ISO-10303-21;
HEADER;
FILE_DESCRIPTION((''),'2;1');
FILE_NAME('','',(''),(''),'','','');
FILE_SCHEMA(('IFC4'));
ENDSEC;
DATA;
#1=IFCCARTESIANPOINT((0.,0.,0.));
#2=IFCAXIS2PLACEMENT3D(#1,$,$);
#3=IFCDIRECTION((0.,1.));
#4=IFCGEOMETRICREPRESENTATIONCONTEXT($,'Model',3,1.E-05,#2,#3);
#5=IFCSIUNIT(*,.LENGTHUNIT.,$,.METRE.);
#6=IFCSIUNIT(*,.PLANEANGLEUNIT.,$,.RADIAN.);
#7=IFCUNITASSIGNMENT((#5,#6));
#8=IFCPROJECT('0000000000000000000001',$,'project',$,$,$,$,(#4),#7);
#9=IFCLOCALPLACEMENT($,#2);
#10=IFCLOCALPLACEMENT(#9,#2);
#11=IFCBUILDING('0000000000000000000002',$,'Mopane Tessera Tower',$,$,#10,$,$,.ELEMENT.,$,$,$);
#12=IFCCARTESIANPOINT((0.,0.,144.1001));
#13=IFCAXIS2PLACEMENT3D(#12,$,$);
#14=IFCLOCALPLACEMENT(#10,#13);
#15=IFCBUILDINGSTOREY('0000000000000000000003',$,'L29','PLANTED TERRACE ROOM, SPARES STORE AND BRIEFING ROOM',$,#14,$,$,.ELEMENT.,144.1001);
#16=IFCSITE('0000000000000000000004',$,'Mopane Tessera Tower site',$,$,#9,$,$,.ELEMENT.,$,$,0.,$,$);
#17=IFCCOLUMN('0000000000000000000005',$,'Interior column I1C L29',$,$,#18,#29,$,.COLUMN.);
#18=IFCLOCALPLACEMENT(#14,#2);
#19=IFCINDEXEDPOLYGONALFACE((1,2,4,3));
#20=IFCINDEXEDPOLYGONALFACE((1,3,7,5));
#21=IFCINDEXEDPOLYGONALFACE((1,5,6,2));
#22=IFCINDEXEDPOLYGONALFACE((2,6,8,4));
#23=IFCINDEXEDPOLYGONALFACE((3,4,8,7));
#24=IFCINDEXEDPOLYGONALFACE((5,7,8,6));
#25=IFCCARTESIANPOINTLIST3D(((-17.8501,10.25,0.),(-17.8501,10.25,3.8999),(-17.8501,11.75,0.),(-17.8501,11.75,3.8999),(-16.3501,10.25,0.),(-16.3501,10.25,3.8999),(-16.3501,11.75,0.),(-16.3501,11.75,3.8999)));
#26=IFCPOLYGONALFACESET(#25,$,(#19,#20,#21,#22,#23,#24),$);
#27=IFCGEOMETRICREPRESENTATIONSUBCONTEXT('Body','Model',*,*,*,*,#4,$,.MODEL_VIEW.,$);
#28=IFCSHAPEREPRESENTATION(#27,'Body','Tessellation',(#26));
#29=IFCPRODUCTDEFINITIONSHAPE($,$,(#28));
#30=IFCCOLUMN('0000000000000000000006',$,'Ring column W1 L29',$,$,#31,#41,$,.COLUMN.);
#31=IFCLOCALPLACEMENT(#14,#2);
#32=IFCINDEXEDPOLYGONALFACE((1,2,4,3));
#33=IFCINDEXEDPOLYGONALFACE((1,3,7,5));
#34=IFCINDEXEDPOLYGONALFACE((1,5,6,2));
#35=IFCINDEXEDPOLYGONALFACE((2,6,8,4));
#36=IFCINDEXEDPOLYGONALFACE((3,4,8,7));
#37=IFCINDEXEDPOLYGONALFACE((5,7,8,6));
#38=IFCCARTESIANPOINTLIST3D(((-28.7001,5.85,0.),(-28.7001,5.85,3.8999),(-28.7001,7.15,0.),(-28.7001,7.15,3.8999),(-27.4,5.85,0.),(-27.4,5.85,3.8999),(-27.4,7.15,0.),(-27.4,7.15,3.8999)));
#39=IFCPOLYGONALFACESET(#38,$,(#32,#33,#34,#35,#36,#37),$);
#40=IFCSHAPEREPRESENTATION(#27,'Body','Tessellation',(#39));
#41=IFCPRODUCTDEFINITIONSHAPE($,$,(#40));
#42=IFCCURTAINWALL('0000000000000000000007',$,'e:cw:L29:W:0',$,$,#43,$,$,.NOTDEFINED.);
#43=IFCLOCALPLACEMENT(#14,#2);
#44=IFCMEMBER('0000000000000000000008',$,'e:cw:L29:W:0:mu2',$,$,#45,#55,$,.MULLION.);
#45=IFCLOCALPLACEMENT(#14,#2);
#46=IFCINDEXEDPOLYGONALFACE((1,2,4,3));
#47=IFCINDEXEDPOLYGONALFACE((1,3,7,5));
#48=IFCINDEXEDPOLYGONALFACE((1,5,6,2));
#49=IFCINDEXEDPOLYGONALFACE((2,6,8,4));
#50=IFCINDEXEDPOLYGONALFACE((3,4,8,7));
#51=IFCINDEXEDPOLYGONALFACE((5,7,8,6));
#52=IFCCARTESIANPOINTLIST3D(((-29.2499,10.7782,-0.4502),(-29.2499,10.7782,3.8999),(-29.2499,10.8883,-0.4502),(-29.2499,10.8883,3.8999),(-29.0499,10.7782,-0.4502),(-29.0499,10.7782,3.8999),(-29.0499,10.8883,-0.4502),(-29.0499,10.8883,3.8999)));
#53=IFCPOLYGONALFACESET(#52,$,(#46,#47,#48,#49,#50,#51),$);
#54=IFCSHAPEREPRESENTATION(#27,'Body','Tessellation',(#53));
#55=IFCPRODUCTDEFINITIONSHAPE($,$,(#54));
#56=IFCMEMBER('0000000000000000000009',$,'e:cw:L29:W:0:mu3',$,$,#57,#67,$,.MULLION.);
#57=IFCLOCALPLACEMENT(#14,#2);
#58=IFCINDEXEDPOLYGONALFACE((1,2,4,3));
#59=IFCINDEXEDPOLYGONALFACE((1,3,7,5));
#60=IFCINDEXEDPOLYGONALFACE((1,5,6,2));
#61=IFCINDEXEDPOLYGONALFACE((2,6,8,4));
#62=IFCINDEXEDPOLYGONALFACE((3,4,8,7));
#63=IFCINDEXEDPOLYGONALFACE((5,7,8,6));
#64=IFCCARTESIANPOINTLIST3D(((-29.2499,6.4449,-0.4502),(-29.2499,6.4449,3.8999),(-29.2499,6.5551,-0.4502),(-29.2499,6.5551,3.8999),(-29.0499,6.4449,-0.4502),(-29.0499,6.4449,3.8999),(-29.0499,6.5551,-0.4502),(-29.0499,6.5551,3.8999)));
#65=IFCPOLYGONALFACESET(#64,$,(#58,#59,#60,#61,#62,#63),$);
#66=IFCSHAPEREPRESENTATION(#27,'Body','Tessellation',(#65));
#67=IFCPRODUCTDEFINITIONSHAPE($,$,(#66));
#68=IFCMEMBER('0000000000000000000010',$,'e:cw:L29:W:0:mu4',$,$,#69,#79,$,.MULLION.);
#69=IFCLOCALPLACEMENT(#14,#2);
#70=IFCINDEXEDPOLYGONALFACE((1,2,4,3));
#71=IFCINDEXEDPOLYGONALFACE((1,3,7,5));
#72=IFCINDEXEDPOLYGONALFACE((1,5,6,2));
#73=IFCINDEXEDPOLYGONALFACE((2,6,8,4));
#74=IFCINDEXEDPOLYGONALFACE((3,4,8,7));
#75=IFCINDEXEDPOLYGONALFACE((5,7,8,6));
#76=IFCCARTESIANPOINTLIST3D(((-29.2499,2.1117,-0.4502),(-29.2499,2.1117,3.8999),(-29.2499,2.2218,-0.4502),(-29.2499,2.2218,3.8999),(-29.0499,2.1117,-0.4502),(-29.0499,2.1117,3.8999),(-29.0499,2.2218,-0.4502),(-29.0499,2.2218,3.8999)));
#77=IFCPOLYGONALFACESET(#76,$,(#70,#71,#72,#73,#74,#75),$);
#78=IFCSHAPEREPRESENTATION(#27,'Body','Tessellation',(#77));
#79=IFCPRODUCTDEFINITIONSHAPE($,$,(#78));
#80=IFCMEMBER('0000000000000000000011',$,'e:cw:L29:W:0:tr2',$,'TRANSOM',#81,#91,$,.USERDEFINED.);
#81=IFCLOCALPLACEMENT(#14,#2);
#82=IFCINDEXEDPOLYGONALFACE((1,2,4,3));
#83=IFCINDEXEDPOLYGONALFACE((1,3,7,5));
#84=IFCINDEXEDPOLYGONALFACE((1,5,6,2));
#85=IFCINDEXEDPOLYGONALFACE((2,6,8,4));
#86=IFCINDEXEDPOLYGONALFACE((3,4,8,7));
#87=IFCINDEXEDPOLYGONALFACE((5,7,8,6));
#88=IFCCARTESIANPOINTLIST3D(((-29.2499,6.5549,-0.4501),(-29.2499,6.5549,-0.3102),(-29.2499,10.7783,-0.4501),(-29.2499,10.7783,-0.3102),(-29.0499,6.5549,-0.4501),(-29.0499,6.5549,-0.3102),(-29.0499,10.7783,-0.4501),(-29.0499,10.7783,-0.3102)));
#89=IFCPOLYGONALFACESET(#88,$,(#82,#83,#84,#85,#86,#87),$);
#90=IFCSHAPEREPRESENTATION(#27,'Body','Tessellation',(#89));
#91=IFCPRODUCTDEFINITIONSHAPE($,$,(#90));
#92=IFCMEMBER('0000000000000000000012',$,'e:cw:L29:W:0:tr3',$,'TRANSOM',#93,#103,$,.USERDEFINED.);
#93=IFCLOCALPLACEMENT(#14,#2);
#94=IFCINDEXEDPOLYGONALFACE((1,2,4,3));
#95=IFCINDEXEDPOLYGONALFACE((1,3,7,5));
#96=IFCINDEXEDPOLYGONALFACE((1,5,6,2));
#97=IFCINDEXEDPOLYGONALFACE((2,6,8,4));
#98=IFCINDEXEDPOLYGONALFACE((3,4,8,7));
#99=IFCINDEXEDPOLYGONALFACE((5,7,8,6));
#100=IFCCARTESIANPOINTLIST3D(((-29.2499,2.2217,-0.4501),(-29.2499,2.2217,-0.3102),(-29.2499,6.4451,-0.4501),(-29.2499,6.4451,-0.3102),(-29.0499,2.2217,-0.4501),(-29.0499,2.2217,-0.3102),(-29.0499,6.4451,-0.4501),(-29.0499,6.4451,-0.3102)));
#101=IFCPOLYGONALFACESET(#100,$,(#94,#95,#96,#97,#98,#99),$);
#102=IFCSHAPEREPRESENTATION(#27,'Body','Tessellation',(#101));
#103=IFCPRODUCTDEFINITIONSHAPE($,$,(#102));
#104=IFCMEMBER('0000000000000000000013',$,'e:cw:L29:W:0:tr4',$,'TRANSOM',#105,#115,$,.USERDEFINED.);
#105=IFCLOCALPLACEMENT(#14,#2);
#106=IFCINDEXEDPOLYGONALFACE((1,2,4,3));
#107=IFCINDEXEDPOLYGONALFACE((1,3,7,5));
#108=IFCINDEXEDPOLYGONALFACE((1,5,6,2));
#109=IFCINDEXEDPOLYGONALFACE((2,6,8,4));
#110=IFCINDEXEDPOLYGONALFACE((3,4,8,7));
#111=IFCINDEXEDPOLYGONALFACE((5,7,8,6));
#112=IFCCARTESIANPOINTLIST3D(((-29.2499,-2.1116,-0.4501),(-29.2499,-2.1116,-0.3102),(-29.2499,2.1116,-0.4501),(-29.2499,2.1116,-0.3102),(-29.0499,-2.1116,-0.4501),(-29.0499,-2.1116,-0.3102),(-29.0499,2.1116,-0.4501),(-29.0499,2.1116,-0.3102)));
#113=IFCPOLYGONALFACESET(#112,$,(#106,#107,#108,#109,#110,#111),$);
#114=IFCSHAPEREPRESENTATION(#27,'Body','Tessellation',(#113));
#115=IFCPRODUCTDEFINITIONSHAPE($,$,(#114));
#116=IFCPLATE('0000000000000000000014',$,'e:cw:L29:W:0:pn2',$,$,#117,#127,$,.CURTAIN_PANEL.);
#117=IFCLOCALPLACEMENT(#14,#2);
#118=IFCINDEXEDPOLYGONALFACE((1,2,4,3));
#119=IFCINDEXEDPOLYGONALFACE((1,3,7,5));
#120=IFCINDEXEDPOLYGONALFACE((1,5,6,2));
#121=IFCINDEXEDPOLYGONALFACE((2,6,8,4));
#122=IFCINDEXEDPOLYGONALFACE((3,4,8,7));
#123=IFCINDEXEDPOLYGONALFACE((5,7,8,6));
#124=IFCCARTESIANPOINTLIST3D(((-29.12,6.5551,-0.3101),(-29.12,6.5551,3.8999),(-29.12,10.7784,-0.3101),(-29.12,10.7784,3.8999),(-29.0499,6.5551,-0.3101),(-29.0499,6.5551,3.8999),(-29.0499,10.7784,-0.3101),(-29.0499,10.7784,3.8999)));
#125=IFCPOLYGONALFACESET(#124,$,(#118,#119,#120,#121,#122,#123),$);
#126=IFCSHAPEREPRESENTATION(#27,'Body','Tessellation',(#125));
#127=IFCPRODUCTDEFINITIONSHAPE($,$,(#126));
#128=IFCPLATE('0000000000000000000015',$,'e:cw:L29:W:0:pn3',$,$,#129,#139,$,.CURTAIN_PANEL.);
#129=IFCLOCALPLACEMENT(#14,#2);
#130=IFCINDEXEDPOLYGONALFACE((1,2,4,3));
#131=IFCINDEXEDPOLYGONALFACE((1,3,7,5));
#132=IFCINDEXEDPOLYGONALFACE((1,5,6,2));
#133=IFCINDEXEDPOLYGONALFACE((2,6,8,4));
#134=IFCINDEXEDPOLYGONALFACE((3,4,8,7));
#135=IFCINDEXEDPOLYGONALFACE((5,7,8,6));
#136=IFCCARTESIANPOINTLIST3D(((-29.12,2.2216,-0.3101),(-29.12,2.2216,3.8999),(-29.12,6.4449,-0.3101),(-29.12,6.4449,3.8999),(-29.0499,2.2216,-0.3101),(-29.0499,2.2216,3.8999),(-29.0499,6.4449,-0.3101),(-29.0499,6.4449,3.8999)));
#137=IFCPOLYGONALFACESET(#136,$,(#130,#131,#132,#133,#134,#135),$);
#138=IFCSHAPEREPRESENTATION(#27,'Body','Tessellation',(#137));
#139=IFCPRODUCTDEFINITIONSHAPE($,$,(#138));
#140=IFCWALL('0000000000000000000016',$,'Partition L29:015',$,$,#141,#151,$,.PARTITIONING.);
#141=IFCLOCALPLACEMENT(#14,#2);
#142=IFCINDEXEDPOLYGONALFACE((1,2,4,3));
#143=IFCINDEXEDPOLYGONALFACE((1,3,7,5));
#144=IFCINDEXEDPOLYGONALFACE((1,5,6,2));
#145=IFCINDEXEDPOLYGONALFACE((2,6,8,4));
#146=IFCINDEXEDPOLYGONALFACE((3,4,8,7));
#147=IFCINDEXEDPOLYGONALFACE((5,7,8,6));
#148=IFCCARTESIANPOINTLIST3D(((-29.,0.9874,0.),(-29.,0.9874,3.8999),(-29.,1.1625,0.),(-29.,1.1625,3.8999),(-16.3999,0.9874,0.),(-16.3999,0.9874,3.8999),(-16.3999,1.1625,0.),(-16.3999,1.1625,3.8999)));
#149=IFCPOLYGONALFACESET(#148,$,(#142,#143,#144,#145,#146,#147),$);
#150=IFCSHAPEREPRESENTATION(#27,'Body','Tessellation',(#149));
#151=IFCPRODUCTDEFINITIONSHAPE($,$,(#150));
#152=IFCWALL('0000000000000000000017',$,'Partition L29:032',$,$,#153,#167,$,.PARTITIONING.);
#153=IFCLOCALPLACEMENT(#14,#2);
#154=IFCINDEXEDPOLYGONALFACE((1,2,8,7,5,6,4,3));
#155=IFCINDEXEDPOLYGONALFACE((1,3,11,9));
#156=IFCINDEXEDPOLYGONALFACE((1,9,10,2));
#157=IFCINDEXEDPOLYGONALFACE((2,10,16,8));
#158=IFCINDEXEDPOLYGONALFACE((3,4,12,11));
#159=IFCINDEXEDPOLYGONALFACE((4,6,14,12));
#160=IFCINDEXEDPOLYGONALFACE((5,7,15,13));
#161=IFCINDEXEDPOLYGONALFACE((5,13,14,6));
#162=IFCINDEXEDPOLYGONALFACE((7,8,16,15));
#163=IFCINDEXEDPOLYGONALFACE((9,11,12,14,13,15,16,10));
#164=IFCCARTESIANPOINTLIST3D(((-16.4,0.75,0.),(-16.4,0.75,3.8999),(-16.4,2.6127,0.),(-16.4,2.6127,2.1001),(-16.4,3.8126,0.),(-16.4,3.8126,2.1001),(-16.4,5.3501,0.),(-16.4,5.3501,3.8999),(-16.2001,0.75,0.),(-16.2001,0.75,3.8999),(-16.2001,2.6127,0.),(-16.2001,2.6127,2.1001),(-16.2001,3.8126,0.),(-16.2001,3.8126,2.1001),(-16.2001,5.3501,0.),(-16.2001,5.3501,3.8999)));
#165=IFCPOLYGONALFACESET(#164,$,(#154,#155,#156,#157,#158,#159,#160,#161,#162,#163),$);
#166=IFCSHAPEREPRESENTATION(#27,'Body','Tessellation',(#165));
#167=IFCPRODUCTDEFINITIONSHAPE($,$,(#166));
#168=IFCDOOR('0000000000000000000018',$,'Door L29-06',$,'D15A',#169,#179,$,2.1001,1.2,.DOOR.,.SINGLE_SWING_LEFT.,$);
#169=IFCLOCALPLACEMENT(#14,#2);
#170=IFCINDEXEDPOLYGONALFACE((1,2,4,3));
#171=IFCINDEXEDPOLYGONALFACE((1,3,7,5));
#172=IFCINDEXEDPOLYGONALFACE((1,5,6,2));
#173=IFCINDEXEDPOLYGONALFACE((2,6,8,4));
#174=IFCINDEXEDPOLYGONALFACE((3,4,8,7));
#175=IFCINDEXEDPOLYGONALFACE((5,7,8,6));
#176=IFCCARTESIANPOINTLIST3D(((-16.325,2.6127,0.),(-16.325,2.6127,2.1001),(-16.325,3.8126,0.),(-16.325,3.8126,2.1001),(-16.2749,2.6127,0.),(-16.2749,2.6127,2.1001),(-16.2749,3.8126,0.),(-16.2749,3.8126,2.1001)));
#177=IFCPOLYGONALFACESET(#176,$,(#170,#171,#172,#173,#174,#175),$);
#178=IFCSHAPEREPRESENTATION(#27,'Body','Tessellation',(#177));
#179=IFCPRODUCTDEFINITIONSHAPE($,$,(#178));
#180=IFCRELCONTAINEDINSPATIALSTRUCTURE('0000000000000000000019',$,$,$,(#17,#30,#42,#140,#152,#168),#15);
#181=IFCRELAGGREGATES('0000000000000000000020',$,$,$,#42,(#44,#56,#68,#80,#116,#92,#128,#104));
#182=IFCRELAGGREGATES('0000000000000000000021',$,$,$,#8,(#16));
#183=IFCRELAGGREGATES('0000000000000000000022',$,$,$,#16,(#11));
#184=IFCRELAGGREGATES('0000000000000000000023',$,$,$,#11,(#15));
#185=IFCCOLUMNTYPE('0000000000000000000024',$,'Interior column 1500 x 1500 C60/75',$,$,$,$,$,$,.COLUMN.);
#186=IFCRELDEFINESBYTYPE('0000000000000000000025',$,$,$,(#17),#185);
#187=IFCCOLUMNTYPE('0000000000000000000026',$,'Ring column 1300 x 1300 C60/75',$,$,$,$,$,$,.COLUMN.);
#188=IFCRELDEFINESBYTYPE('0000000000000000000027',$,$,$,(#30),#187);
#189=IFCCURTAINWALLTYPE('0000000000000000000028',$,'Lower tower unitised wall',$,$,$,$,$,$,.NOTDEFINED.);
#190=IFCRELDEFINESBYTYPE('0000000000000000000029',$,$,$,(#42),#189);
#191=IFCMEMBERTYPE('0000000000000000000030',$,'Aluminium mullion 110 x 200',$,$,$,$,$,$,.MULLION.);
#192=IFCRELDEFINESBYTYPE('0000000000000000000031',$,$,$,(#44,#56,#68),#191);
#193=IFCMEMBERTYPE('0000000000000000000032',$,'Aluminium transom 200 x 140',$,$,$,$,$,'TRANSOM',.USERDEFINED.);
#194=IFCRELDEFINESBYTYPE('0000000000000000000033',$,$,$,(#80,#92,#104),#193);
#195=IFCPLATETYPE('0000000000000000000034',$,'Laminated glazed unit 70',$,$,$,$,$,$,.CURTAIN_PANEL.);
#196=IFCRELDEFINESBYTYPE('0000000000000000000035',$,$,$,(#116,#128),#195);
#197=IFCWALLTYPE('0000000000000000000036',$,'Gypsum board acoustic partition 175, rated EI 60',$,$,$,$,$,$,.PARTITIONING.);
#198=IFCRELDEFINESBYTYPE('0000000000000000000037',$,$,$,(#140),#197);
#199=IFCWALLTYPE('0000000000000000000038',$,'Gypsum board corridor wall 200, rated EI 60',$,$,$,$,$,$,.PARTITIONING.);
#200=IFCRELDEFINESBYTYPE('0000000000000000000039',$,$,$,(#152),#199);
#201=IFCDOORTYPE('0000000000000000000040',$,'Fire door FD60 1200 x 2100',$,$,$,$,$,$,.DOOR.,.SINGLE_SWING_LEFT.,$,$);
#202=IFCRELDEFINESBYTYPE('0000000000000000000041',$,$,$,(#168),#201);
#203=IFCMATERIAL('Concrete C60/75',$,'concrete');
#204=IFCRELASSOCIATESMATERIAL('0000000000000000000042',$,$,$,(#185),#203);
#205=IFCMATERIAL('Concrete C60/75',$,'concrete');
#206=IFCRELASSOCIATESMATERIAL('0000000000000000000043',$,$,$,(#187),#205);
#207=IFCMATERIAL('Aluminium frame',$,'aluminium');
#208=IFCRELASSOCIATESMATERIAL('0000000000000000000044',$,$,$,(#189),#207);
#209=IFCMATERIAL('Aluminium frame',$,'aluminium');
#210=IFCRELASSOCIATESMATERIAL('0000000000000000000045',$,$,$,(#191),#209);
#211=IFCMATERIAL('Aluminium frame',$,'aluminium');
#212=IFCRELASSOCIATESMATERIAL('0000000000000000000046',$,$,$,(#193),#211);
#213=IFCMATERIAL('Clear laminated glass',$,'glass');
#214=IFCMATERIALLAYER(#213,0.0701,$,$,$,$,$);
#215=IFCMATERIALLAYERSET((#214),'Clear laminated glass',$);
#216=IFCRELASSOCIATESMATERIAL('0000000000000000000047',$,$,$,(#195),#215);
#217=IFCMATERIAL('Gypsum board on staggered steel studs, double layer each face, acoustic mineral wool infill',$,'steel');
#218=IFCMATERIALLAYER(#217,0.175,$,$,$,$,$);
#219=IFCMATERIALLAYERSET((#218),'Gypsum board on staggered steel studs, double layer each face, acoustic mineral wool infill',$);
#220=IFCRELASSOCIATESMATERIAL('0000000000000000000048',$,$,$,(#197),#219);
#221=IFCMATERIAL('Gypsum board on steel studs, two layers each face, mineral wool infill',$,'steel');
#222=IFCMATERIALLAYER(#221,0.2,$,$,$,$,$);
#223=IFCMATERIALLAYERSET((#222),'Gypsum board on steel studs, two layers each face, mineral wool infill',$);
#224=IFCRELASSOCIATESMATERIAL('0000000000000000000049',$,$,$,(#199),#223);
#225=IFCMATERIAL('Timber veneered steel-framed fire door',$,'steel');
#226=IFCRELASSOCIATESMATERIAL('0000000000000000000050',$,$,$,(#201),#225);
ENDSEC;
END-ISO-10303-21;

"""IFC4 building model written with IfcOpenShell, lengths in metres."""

from ifc_helpers import new_model, si_unit, direction, frame, frame_2d, origin, origin_2d, place, context, subcontext, project, spatial, rectangle, extrude, material, layer, layer_set, material_profile, profile_set, type_object, element, fill, aggregate, save


model = new_model("IFC4")

# Units and contexts
model_context = context("Model", 3, precision=1e-05, world=origin(), true_north=direction((0.0, 1.0)))
body_context = subcontext(model_context, "Body", "Model", "MODEL_VIEW")
ifc_project = project(units=[si_unit("LENGTHUNIT", "METRE"), si_unit("PLANEANGLEUNIT", "RADIAN")], contexts=[model_context])

# Site, building, storey
site_placement = place(None, origin())
site = spatial("IfcSite", under=ifc_project, at=site_placement, Name="Mopane Tessera Tower site", CompositionType="ELEMENT", RefElevation=0.0)
building_placement = place(site_placement, origin())
building = spatial("IfcBuilding", under=site, at=building_placement, Name="Mopane Tessera Tower", CompositionType="ELEMENT")
storey_placement = place(building_placement, frame((0.0, 0.0, 144.1001)))
storey = spatial("IfcBuildingStorey", under=building, at=storey_placement, Name="L29", Description="PLANTED TERRACE ROOM, SPARES STORE AND BRIEFING ROOM", CompositionType="ELEMENT", Elevation=144.1001)

# Columns
ifc_material_1 = material(Name="Concrete C60/75", Category="concrete")
ifc_material_profile_1 = material_profile(ifc_material_1, rectangle(XDim=1.5, YDim=1.5, at=origin_2d()))
ifc_profile_set_1 = profile_set([ifc_material_profile_1], Name="Concrete C60/75")
column_type_1 = type_object("IfcColumnType", Name="Interior column 1500 x 1500 C60/75", PredefinedType="COLUMN", material=ifc_profile_set_1)
column_1_placement = place(storey_placement, frame((-17.1001, 11.0, 0.0), z_axis=(0.0, 0.0, 1.0), x_axis=(1.0, 0.0, 0.0)))
element("IfcColumn", 1, at=column_1_placement, inside=storey, type_object=column_type_1, Name="Interior column I1C L29", PredefinedType="COLUMN", context=body_context, shape_type="SweptSolid", body=[
    extrude(rectangle(XDim=1.5, YDim=1.5, at=origin_2d()), origin(), (0.0, 0.0, 1.0), 3.8999),
])
ifc_material_2 = material(Name="Concrete C60/75", Category="concrete")
ifc_material_profile_2 = material_profile(ifc_material_2, rectangle(XDim=1.3, YDim=1.3, at=origin_2d()))
ifc_profile_set_2 = profile_set([ifc_material_profile_2], Name="Concrete C60/75")
column_type_2 = type_object("IfcColumnType", Name="Ring column 1300 x 1300 C60/75", PredefinedType="COLUMN", material=ifc_profile_set_2)
column_2_placement = place(storey_placement, frame((-28.05, 6.5, 0.0), z_axis=(0.0, 0.0, 1.0), x_axis=(1.0, 0.0, 0.0)))
element("IfcColumn", 2, at=column_2_placement, inside=storey, type_object=column_type_2, Name="Ring column W1 L29", PredefinedType="COLUMN", context=body_context, shape_type="SweptSolid", body=[
    extrude(rectangle(XDim=1.3, YDim=1.3, at=origin_2d()), origin(), (0.0, 0.0, 1.0), 3.8999),
])

# Curtain wall, members, plates
ifc_material_3 = material(Name="Aluminium frame", Category="aluminium")
curtain_wall_type = type_object("IfcCurtainWallType", Name="Lower tower unitised wall", PredefinedType="NOTDEFINED", material=ifc_material_3)
curtain_wall_placement = place(storey_placement, origin())
curtain_wall = element("IfcCurtainWall", 3, at=curtain_wall_placement, inside=storey, type_object=curtain_wall_type, Name="e:cw:L29:W:0", PredefinedType="NOTDEFINED")
ifc_material_4 = material(Name="Aluminium frame", Category="aluminium")
ifc_material_profile_3 = material_profile(ifc_material_4, rectangle(XDim=0.1101, YDim=0.2, at=origin_2d()))
ifc_profile_set_3 = profile_set([ifc_material_profile_3], Name="Aluminium frame")
member_type_1 = type_object("IfcMemberType", Name="Aluminium mullion 110 x 200", PredefinedType="MULLION", material=ifc_profile_set_3)
member_1_placement = place(storey_placement, frame((-29.1499, 10.8333, -0.4502), z_axis=(0.0, 0.0, 1.0), x_axis=(0.0, -1.0, 0.0)))
member_1 = element("IfcMember", 4, at=member_1_placement, type_object=member_type_1, Name="e:cw:L29:W:0:mu2", PredefinedType="MULLION", context=body_context, shape_type="SweptSolid", body=[
    extrude(rectangle(XDim=0.1101, YDim=0.2, at=origin_2d()), origin(), (0.0, 0.0, 1.0), 4.3501),
])
member_2_placement = place(storey_placement, frame((-29.1499, 6.5, -0.4502), z_axis=(0.0, 0.0, 1.0), x_axis=(0.0, -1.0, 0.0)))
member_2 = element("IfcMember", 5, at=member_2_placement, type_object=member_type_1, Name="e:cw:L29:W:0:mu3", PredefinedType="MULLION", context=body_context, shape_type="SweptSolid", body=[
    extrude(rectangle(XDim=0.1101, YDim=0.2, at=origin_2d()), origin(), (0.0, 0.0, 1.0), 4.3501),
])
member_3_placement = place(storey_placement, frame((-29.1499, 2.1667, -0.4502), z_axis=(0.0, 0.0, 1.0), x_axis=(0.0, -1.0, 0.0)))
member_3 = element("IfcMember", 6, at=member_3_placement, type_object=member_type_1, Name="e:cw:L29:W:0:mu4", PredefinedType="MULLION", context=body_context, shape_type="SweptSolid", body=[
    extrude(rectangle(XDim=0.1101, YDim=0.2, at=origin_2d()), origin(), (0.0, 0.0, 1.0), 4.3501),
])
ifc_material_5 = material(Name="Aluminium frame", Category="aluminium")
ifc_material_profile_4 = material_profile(ifc_material_5, rectangle(XDim=0.2, YDim=0.1399, at=origin_2d()))
ifc_profile_set_4 = profile_set([ifc_material_profile_4], Name="Aluminium frame")
member_type_2 = type_object("IfcMemberType", Name="Aluminium transom 200 x 140", ElementType="TRANSOM", PredefinedType="USERDEFINED", material=ifc_profile_set_4)
member_4_placement = place(storey_placement, frame((-29.1499, 10.7783, -0.3801), z_axis=(0.0, -1.0, 0.0), x_axis=(1.0, 0.0, 0.0)))
member_4 = element("IfcMember", 7, at=member_4_placement, type_object=member_type_2, Name="e:cw:L29:W:0:tr2", ObjectType="TRANSOM", PredefinedType="USERDEFINED", context=body_context, shape_type="SweptSolid", body=[
    extrude(rectangle(XDim=0.2, YDim=0.1399, at=origin_2d()), origin(), (0.0, 0.0, 1.0), 4.2234),
])
member_5_placement = place(storey_placement, frame((-29.1499, 6.4451, -0.3801), z_axis=(0.0, -1.0, 0.0), x_axis=(1.0, 0.0, 0.0)))
member_5 = element("IfcMember", 8, at=member_5_placement, type_object=member_type_2, Name="e:cw:L29:W:0:tr3", ObjectType="TRANSOM", PredefinedType="USERDEFINED", context=body_context, shape_type="SweptSolid", body=[
    extrude(rectangle(XDim=0.2, YDim=0.1399, at=origin_2d()), origin(), (0.0, 0.0, 1.0), 4.2234),
])
member_6_placement = place(storey_placement, frame((-29.1499, 2.1116, -0.3801), z_axis=(0.0, -1.0, 0.0), x_axis=(1.0, 0.0, 0.0)))
member_6 = element("IfcMember", 9, at=member_6_placement, type_object=member_type_2, Name="e:cw:L29:W:0:tr4", ObjectType="TRANSOM", PredefinedType="USERDEFINED", context=body_context, shape_type="SweptSolid", body=[
    extrude(rectangle(XDim=0.2, YDim=0.1399, at=origin_2d()), origin(), (0.0, 0.0, 1.0), 4.2231),
])
ifc_material_6 = material(Name="Clear laminated glass", Category="glass")
ifc_layer_1 = layer(ifc_material_6, 0.0701)
ifc_layer_set_1 = layer_set([ifc_layer_1], Name="Clear laminated glass")
plate_type = type_object("IfcPlateType", Name="Laminated glazed unit 70", PredefinedType="CURTAIN_PANEL", material=ifc_layer_set_1)
plate_1_placement = place(storey_placement, frame((-29.085, 8.6667, -0.3101), z_axis=(0.0, 0.0, 1.0), x_axis=(0.0, -1.0, 0.0)))
plate_1 = element("IfcPlate", 10, at=plate_1_placement, type_object=plate_type, Name="e:cw:L29:W:0:pn2", PredefinedType="CURTAIN_PANEL", context=body_context, shape_type="SweptSolid", body=[
    extrude(rectangle(XDim=4.2234, YDim=0.0701, at=origin_2d()), origin(), (0.0, 0.0, 1.0), 4.21),
])
plate_2_placement = place(storey_placement, frame((-29.085, 4.3333, -0.3101), z_axis=(0.0, 0.0, 1.0), x_axis=(0.0, -1.0, 0.0)))
plate_2 = element("IfcPlate", 11, at=plate_2_placement, type_object=plate_type, Name="e:cw:L29:W:0:pn3", PredefinedType="CURTAIN_PANEL", context=body_context, shape_type="SweptSolid", body=[
    extrude(rectangle(XDim=4.2234, YDim=0.0701, at=origin_2d()), origin(), (0.0, 0.0, 1.0), 4.21),
])
aggregate(curtain_wall, [member_1, member_2, member_3, member_4, plate_1, member_5, plate_2, member_6])

# Wall
ifc_material_7 = material(Name="Gypsum board on staggered steel studs, double layer each face, acoustic mineral wool infill", Category="steel")
ifc_layer_2 = layer(ifc_material_7, 0.175)
ifc_layer_set_2 = layer_set([ifc_layer_2], Name="Gypsum board on staggered steel studs, double layer each face, acoustic mineral wool infill")
wall_type_1 = type_object("IfcWallType", Name="Gypsum board acoustic partition 175, rated EI 60", PredefinedType="PARTITIONING", material=ifc_layer_set_2)
wall_1_placement = place(storey_placement, frame((-29.0, 1.075, 0.0), z_axis=(0.0, 0.0, 1.0), x_axis=(1.0, 0.0, 0.0)))
element("IfcWall", 12, at=wall_1_placement, inside=storey, type_object=wall_type_1, Name="Partition L29:015", PredefinedType="PARTITIONING", context=body_context, shape_type="SweptSolid", body=[
    extrude(rectangle(XDim=12.6001, YDim=0.175, at=frame_2d((6.3, 0.0))), origin(), (0.0, 0.0, 1.0), 3.8999),
])

# Wall, opening, door
ifc_material_8 = material(Name="Gypsum board on steel studs, two layers each face, mineral wool infill", Category="steel")
ifc_layer_3 = layer(ifc_material_8, 0.2)
ifc_layer_set_3 = layer_set([ifc_layer_3], Name="Gypsum board on steel studs, two layers each face, mineral wool infill")
wall_type_2 = type_object("IfcWallType", Name="Gypsum board corridor wall 200, rated EI 60", PredefinedType="PARTITIONING", material=ifc_layer_set_3)
wall_2_placement = place(storey_placement, frame((-16.3, 0.75, 0.0), z_axis=(0.0, 0.0, 1.0), x_axis=(0.0, 1.0, 0.0)))
wall_2 = element("IfcWall", 13, at=wall_2_placement, inside=storey, type_object=wall_type_2, Name="Partition L29:032", PredefinedType="PARTITIONING", context=body_context, shape_type="SweptSolid", body=[
    extrude(rectangle(XDim=4.6001, YDim=0.2, at=frame_2d((2.3, 0.0))), origin(), (0.0, 0.0, 1.0), 3.8999),
])
opening_1_placement = place(wall_2_placement, frame((1.8625, 0.0, 0.0)))
opening_1 = element("IfcOpeningElement", 14, at=opening_1_placement, cuts=wall_2, PredefinedType="OPENING", context=body_context, shape_type="SweptSolid", body=[
    extrude(rectangle(XDim=1.2, YDim=2.1001, at=frame_2d((0.6001, 1.05))), frame((0.0, 0.1121, 0.0), z_axis=(0.0, -1.0, 0.0), x_axis=(1.0, 0.0, 0.0)), (0.0, 0.0, 1.0), 0.2239),
])
ifc_material_9 = material(Name="Timber veneered steel-framed fire door", Category="steel")
door_type_1 = type_object("IfcDoorType", Name="Fire door FD60 1200 x 2100", OperationType="SINGLE_SWING_LEFT", PredefinedType="DOOR", material=ifc_material_9)
door_1_placement = place(opening_1_placement, origin())
door_1 = element("IfcDoor", 15, at=door_1_placement, inside=storey, type_object=door_type_1, Name="Door L29-06", ObjectType="D15A", OperationType="SINGLE_SWING_LEFT", OverallHeight=2.1001, OverallWidth=1.2, PredefinedType="DOOR", context=body_context, shape_type="SweptSolid", body=[
    extrude(rectangle(XDim=1.2, YDim=2.1001, at=frame_2d((0.6001, 1.05))), frame((0.0, 0.0249, 0.0), z_axis=(0.0, -1.0, 0.0), x_axis=(1.0, 0.0, 0.0)), (0.0, 0.0, 1.0), 0.05),
])
fill(opening_1, door_1)

save(model, "model.ifc")
